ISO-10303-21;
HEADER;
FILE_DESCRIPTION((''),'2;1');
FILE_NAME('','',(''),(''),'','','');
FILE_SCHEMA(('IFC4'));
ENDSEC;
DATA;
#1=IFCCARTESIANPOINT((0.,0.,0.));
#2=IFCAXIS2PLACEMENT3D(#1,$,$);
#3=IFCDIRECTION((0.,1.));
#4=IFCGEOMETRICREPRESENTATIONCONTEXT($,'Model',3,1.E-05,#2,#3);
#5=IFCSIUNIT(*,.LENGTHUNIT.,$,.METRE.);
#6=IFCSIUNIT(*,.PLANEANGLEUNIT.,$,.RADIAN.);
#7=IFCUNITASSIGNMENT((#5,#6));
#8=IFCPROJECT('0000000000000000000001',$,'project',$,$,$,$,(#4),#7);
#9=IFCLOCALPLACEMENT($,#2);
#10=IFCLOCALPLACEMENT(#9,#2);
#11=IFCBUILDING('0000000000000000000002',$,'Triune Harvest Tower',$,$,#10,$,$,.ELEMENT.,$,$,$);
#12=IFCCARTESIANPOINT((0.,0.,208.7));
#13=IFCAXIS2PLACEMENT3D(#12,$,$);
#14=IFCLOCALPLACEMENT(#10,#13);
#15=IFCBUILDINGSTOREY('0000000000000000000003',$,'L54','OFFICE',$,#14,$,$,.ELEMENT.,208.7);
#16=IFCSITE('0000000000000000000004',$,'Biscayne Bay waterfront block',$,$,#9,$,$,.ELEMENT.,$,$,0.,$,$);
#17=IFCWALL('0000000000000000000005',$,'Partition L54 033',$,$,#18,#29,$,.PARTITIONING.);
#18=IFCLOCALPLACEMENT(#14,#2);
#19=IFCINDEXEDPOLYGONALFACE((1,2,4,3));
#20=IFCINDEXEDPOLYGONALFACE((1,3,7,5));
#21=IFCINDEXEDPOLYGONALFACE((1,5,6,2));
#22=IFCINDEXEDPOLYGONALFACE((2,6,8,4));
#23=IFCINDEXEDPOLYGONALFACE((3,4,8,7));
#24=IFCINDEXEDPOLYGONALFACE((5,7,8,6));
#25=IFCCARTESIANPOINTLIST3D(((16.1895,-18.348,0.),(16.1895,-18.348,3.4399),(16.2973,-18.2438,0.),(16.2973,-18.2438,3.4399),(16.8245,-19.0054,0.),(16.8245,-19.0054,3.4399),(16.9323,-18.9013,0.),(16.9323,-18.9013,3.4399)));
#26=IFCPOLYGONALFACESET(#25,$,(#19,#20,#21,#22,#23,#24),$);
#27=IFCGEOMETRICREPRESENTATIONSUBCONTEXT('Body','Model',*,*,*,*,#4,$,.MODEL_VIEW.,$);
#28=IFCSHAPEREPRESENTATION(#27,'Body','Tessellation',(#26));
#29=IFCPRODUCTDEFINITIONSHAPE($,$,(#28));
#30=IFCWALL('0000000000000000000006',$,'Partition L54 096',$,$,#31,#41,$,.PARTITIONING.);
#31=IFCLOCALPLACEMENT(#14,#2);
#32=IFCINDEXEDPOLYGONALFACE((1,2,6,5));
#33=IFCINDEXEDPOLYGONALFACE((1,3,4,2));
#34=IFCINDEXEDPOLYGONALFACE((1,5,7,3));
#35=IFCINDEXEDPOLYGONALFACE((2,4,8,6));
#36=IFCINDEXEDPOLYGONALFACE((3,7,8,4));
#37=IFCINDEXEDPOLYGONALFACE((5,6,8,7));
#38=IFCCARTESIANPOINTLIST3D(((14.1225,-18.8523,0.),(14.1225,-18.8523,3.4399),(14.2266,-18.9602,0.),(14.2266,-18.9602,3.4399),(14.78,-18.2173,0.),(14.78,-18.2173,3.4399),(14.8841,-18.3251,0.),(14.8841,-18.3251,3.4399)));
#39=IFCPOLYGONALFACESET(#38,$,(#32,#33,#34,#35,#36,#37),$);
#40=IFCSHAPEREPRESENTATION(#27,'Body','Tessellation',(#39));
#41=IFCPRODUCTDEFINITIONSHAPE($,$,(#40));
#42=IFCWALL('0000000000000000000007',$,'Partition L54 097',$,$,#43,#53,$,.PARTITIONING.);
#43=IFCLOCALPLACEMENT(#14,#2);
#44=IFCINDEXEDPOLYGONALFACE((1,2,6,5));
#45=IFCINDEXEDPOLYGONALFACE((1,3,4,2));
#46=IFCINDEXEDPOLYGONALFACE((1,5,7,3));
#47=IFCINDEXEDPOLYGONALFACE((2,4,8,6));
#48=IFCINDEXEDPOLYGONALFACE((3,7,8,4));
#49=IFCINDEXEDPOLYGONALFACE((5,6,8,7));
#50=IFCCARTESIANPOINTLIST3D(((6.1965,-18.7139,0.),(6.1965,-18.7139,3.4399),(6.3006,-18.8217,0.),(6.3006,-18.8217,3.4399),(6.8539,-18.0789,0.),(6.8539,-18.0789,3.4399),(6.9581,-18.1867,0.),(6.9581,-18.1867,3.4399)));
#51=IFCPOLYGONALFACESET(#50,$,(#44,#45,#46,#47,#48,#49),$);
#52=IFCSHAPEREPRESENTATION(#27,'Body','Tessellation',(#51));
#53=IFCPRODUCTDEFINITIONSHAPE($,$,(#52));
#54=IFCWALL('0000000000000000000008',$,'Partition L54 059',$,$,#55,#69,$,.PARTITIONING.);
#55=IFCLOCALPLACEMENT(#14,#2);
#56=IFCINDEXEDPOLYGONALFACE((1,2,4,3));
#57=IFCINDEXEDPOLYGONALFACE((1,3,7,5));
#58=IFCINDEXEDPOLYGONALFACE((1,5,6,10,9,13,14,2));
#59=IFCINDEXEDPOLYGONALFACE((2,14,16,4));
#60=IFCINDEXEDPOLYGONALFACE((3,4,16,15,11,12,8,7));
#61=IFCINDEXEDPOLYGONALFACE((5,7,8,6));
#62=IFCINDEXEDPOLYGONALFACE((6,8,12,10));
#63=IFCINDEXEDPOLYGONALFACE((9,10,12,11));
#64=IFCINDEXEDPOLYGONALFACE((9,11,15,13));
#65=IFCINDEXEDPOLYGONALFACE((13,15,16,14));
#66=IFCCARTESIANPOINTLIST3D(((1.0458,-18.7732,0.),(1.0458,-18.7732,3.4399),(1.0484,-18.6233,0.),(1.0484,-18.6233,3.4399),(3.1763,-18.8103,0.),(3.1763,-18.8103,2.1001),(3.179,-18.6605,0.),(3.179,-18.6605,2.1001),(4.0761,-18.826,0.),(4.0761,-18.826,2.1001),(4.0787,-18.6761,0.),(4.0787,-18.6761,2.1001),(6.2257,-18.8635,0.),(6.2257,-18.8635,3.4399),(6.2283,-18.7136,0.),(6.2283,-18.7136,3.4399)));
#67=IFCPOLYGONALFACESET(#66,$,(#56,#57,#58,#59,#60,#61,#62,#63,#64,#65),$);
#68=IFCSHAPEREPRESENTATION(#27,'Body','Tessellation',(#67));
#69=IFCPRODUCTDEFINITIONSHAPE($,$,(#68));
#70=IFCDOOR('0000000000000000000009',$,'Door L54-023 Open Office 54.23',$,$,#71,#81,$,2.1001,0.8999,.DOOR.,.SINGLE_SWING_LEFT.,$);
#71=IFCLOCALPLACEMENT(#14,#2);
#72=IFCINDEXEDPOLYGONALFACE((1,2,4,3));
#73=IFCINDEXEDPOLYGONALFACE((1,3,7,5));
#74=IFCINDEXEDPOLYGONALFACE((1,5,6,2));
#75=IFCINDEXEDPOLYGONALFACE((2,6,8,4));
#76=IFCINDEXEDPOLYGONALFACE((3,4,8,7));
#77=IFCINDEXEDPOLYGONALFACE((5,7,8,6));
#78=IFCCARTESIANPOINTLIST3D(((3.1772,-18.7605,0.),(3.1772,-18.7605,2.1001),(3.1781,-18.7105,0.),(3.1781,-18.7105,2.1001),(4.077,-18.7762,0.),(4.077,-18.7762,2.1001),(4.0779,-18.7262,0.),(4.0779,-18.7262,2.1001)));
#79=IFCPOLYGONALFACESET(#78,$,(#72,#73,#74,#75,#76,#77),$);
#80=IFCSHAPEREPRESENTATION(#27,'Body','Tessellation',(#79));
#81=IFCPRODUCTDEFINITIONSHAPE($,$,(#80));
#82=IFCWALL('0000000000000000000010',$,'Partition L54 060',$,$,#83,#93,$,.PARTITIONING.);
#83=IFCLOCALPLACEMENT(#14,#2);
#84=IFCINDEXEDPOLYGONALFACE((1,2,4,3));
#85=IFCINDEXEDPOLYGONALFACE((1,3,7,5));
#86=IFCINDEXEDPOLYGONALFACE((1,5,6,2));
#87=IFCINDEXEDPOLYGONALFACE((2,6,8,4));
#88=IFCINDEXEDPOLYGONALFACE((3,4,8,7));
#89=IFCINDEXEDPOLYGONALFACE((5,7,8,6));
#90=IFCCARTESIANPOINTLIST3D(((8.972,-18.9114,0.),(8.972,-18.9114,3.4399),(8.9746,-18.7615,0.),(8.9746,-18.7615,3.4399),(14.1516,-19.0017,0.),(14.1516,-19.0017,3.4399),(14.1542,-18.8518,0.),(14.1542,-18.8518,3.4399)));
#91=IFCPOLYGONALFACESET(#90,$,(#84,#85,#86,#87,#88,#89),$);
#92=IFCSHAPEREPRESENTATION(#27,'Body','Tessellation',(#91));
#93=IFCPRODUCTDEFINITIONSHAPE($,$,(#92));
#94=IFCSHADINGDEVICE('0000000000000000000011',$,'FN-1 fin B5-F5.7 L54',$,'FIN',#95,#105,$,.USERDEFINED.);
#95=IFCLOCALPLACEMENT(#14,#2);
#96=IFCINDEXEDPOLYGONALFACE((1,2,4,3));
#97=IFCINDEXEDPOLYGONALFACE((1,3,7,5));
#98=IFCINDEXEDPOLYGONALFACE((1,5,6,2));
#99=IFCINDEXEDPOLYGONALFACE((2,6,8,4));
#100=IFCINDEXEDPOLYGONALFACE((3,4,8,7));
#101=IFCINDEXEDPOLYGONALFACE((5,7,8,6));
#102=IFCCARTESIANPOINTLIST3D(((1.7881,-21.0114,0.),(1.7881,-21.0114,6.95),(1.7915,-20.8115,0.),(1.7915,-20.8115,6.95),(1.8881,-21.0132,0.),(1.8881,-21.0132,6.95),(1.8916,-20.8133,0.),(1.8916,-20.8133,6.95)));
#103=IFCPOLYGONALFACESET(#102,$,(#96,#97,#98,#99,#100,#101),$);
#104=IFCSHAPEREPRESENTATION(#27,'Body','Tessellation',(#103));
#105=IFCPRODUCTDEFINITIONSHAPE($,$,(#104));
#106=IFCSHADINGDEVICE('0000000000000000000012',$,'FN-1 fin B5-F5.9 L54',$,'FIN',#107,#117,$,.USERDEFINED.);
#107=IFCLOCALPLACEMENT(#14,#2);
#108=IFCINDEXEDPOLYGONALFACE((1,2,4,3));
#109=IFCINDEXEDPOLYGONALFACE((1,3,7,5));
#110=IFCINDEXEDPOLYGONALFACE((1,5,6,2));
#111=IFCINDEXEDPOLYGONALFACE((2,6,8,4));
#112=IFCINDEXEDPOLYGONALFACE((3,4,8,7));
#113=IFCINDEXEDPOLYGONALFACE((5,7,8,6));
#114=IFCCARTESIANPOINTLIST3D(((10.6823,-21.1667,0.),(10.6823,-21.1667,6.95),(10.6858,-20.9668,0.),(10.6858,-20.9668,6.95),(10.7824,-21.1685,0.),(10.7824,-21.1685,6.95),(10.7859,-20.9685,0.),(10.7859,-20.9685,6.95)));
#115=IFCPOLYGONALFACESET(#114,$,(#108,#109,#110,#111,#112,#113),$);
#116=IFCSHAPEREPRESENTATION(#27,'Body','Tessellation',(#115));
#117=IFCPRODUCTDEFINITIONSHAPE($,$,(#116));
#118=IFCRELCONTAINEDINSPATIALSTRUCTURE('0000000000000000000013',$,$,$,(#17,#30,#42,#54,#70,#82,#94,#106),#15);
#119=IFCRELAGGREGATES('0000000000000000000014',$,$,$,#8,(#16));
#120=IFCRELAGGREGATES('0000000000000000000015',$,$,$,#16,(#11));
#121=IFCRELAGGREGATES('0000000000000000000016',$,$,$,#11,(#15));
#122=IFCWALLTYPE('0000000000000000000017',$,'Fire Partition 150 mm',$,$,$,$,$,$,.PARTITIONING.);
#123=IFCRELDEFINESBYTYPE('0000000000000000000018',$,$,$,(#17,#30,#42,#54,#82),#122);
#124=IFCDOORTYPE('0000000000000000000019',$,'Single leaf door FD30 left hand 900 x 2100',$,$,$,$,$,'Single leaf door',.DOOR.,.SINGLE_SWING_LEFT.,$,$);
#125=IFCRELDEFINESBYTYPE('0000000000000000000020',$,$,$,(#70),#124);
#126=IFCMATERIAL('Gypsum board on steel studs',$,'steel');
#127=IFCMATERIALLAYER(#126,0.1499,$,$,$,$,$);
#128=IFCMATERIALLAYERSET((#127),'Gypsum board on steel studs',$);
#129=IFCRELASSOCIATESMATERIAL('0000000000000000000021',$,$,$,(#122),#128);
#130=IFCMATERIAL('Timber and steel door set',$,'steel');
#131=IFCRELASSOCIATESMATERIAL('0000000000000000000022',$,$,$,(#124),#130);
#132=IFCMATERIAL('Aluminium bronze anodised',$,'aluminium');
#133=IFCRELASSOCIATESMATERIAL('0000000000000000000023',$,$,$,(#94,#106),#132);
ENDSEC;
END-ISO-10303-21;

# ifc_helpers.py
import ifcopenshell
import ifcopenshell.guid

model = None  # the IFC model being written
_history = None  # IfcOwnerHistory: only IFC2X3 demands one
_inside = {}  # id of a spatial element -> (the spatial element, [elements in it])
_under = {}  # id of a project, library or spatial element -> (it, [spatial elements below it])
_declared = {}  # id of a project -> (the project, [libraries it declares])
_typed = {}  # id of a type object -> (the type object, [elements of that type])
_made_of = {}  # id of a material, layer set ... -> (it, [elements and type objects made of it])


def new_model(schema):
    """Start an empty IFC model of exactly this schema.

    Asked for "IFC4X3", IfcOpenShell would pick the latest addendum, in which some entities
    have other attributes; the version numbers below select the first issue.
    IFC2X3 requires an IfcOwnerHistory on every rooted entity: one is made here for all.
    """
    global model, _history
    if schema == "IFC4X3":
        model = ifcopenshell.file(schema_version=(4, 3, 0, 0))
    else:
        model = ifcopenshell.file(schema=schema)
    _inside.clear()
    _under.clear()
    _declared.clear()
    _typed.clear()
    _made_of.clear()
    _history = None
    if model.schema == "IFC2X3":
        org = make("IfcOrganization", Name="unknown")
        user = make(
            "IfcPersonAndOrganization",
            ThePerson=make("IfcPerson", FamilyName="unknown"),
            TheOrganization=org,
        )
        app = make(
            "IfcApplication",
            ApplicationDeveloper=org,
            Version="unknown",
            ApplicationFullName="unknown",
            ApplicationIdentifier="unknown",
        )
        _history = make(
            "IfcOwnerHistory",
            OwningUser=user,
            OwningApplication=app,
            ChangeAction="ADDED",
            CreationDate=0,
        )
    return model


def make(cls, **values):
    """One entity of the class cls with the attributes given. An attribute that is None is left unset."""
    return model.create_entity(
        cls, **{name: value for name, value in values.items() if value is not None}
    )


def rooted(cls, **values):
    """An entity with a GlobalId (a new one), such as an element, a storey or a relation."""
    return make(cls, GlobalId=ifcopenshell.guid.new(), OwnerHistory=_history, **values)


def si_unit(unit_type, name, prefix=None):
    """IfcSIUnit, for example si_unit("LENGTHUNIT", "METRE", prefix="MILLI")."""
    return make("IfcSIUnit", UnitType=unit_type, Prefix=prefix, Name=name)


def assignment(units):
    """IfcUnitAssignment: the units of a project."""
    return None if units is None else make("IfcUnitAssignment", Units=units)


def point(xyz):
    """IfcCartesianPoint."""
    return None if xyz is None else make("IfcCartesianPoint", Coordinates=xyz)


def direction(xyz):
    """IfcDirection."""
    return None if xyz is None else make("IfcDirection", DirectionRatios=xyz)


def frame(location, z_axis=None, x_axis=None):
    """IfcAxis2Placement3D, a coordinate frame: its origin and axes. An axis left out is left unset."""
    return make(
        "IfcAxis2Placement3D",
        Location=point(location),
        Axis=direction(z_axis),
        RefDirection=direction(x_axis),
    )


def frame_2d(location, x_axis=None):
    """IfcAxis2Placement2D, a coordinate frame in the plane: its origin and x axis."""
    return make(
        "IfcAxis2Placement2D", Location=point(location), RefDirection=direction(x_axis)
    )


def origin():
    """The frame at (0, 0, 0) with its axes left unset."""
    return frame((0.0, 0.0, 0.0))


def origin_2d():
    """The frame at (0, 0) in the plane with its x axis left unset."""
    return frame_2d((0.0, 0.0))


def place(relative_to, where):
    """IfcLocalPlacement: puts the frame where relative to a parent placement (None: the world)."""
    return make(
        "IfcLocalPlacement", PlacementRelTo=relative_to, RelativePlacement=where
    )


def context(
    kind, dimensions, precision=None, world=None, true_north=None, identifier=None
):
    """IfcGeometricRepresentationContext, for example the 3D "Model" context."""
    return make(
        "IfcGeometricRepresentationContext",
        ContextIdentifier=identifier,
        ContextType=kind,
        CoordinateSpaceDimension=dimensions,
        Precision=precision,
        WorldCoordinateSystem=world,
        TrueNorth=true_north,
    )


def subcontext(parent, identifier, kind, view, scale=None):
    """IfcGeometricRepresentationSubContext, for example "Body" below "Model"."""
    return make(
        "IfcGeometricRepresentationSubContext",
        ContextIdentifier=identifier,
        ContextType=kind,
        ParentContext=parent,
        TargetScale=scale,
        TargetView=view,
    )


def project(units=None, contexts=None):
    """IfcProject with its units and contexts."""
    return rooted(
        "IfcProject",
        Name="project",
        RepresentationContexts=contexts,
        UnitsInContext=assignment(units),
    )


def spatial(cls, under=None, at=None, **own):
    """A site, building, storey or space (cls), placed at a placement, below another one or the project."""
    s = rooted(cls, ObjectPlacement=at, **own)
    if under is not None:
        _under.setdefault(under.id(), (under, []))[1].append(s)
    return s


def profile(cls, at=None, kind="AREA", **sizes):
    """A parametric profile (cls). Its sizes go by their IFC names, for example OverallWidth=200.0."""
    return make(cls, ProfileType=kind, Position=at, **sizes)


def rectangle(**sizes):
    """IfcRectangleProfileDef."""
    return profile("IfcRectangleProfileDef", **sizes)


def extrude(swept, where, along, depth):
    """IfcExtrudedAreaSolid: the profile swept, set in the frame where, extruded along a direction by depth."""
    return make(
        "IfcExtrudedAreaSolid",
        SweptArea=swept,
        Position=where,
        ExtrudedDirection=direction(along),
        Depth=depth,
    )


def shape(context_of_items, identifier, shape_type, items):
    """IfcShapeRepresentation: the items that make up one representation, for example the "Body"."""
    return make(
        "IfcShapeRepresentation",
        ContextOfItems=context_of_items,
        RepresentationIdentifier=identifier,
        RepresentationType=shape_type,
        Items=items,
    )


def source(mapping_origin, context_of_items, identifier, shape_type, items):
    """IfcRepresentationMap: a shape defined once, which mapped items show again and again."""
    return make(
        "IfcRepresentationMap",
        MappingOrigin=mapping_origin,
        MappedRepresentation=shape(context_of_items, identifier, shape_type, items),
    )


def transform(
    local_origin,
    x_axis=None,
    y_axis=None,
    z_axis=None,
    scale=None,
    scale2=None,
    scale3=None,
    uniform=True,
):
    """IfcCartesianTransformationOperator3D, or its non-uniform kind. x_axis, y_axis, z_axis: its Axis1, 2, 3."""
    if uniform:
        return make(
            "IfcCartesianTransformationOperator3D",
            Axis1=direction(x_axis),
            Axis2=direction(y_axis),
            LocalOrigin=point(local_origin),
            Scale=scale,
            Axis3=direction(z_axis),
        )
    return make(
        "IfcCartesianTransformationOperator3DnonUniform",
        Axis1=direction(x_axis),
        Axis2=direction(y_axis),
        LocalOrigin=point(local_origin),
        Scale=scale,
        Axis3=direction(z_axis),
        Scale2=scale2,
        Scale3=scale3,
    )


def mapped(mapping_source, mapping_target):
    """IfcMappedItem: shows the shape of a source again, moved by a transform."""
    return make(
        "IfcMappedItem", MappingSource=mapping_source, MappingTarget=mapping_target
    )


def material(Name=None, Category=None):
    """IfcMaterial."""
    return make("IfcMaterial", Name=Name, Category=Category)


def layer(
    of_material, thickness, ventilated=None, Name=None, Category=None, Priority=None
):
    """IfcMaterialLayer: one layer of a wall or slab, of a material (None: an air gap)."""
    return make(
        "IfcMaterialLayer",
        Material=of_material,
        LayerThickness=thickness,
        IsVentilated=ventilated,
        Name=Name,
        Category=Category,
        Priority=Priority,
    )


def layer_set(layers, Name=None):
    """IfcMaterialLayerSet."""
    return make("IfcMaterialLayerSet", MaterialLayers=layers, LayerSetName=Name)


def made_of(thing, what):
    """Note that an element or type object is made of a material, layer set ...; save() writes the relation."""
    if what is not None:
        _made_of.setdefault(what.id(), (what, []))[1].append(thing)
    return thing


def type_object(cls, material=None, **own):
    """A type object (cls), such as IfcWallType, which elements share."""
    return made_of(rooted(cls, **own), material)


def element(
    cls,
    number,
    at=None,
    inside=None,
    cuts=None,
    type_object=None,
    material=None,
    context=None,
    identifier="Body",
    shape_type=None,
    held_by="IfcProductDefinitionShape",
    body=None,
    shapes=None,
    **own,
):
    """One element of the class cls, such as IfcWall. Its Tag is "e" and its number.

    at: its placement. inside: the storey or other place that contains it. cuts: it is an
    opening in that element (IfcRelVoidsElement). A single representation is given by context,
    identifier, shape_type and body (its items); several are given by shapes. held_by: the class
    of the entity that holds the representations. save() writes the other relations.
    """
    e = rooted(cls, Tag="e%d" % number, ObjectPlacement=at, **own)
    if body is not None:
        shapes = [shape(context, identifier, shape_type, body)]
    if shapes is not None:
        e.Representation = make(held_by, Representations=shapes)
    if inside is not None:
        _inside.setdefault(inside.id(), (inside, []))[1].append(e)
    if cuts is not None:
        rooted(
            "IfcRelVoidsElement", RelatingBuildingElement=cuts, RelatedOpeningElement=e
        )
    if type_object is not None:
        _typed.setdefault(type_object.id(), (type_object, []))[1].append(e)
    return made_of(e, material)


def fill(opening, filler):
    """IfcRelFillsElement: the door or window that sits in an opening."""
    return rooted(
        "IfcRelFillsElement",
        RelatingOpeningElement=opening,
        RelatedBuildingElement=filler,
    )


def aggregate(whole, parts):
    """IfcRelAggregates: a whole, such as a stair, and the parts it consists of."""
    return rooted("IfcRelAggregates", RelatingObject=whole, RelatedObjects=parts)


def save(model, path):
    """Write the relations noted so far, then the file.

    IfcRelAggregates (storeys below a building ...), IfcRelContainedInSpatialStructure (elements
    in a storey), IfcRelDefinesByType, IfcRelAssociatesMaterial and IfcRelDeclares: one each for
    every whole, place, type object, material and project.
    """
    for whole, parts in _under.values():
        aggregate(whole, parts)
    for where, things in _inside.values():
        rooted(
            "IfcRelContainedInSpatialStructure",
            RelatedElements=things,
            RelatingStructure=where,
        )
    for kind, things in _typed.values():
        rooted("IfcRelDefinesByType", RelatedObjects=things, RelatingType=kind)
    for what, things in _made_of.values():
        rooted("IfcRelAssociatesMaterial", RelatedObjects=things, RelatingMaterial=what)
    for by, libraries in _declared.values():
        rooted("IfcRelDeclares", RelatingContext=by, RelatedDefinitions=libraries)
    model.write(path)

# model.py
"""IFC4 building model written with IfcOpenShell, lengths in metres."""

from ifc_helpers import new_model, si_unit, direction, frame, frame_2d, origin, origin_2d, place, context, subcontext, project, spatial, rectangle, extrude, source, transform, mapped, material, layer, layer_set, type_object, element, fill, save


model = new_model("IFC4")

# Units and contexts
model_context = context("Model", 3, precision=1e-05, world=origin(), true_north=direction((0.0, 1.0)))
body_context = subcontext(model_context, "Body", "Model", "MODEL_VIEW")
ifc_project = project(units=[si_unit("LENGTHUNIT", "METRE"), si_unit("PLANEANGLEUNIT", "RADIAN")], contexts=[model_context])

# Site, building, storey
site_placement = place(None, origin())
site = spatial("IfcSite", under=ifc_project, at=site_placement, Name="Biscayne Bay waterfront block", CompositionType="ELEMENT", RefElevation=0.0)
building_placement = place(site_placement, origin())
building = spatial("IfcBuilding", under=site, at=building_placement, Name="Triune Harvest Tower", CompositionType="ELEMENT")
storey_placement = place(building_placement, frame((0.0, 0.0, 208.7)))
storey = spatial("IfcBuildingStorey", under=building, at=storey_placement, Name="L54", Description="OFFICE", CompositionType="ELEMENT", Elevation=208.7)

# Walls
ifc_material_1 = material(Name="Gypsum board on steel studs", Category="steel")
ifc_layer_1 = layer(ifc_material_1, 0.1499)
ifc_layer_set_1 = layer_set([ifc_layer_1], Name="Gypsum board on steel studs")
wall_type = type_object("IfcWallType", Name="Fire Partition 150 mm", PredefinedType="PARTITIONING", material=ifc_layer_set_1)
shared_shape_1 = source(origin(), body_context, "Body", "SweptSolid", [
    extrude(rectangle(XDim=0.9141, YDim=0.1499, at=frame_2d((0.457, 0.0))), origin(), (0.0, 0.0, 1.0), 3.4399),
])
for number, where, z_axis, x_axis, name in (
    (1, (16.2434, -18.2959, 0.0), (0.0, 0.0, 1.0), (0.694714, -0.719286, 0.0), "Partition L54 033"),
    (2, (14.1746, -18.9062, 0.0), (0.0, 0.0, 1.0), (0.719286, 0.694714, 0.0), "Partition L54 096"),
    (3, (6.2485, -18.7678, 0.0), (0.0, 0.0, 1.0), (0.719286, 0.694714, 0.0), "Partition L54 097"),
):
    element("IfcWall", number, at=place(storey_placement, frame(where, z_axis=z_axis, x_axis=x_axis)), inside=storey, type_object=wall_type, Name=name, PredefinedType="PARTITIONING", context=body_context, shape_type="MappedRepresentation", body=[
        mapped(shared_shape_1, transform((0.0, 0.0, 0.0), scale=1.0)),
    ])

# Wall, opening, door
shared_shape_2 = source(origin(), body_context, "Body", "SweptSolid", [
    extrude(rectangle(XDim=5.1807, YDim=0.1499, at=frame_2d((2.5903, 0.0))), origin(), (0.0, 0.0, 1.0), 3.4399),
])
wall_1_placement = place(storey_placement, frame((1.0471, -18.6982, 0.0), z_axis=(0.0, 0.0, 1.0), x_axis=(0.999848, -0.017436, 0.0)))
wall_1 = element("IfcWall", 4, at=wall_1_placement, inside=storey, type_object=wall_type, Name="Partition L54 059", PredefinedType="PARTITIONING", context=body_context, shape_type="MappedRepresentation", body=[
    mapped(shared_shape_2, transform((0.0, 0.0, 0.0), scale=1.0)),
])
opening_placement = place(wall_1_placement, frame((2.1309, 0.0, 0.0)))
opening = element("IfcOpeningElement", 5, at=opening_placement, cuts=wall_1, PredefinedType="OPENING", context=body_context, shape_type="SweptSolid", body=[
    extrude(rectangle(XDim=0.8999, YDim=2.1001, at=frame_2d((0.45, 1.05))), frame((0.0, 0.085, 0.0), z_axis=(0.0, -1.0, 0.0), x_axis=(1.0, 0.0, 0.0)), (0.0, 0.0, 1.0), 0.1699),
])
ifc_material_2 = material(Name="Timber and steel door set", Category="steel")
door_type = type_object("IfcDoorType", Name="Single leaf door FD30 left hand 900 x 2100", ElementType="Single leaf door", OperationType="SINGLE_SWING_LEFT", PredefinedType="DOOR", material=ifc_material_2)
door_placement = place(opening_placement, origin())
door = element("IfcDoor", 6, at=door_placement, inside=storey, type_object=door_type, Name="Door L54-023 Open Office 54.23", OperationType="SINGLE_SWING_LEFT", OverallHeight=2.1001, OverallWidth=0.8999, PredefinedType="DOOR", context=body_context, shape_type="SweptSolid", body=[
    extrude(rectangle(XDim=0.8999, YDim=2.1001, at=frame_2d((0.45, 1.05))), frame((0.0, 0.0249, 0.0), z_axis=(0.0, -1.0, 0.0), x_axis=(1.0, 0.0, 0.0)), (0.0, 0.0, 1.0), 0.05),
])
fill(opening, door)

# Wall
shared_shape_3 = source(origin(), body_context, "Body", "SweptSolid", [
    extrude(rectangle(XDim=5.1804, YDim=0.1499, at=frame_2d((2.5903, 0.0))), origin(), (0.0, 0.0, 1.0), 3.4399),
])
wall_2_placement = place(storey_placement, frame((8.9731, -18.8364, 0.0), z_axis=(0.0, 0.0, 1.0), x_axis=(0.999848, -0.017437, 0.0)))
element("IfcWall", 7, at=wall_2_placement, inside=storey, type_object=wall_type, Name="Partition L54 060", PredefinedType="PARTITIONING", context=body_context, shape_type="MappedRepresentation", body=[
    mapped(shared_shape_3, transform((0.0, 0.0, 0.0), scale=1.0)),
])

# Shading devices
ifc_material_3 = material(Name="Aluminium bronze anodised", Category="aluminium")
shared_shape_4 = source(origin(), body_context, "Body", "SweptSolid", [
    extrude(rectangle(XDim=0.1001, YDim=0.2, at=origin_2d()), origin(), (0.0, 0.0, 1.0), 6.95),
])
for number, where, z_axis, x_axis, name in (
    (8, (1.8398, -20.9124, 0.0), (0.0, 0.0, 1.0), (0.999848, -0.017452, 0.0), "FN-1 fin B5-F5.7 L54"),
    (9, (10.7341, -21.0676, 0.0), (0.0, 0.0, 1.0), (0.999848, -0.017452, 0.0), "FN-1 fin B5-F5.9 L54"),
):
    element("IfcShadingDevice", number, at=place(storey_placement, frame(where, z_axis=z_axis, x_axis=x_axis)), inside=storey, material=ifc_material_3, Name=name, ObjectType="FIN", PredefinedType="USERDEFINED", context=body_context, shape_type="MappedRepresentation", body=[
        mapped(shared_shape_4, transform((0.0, 0.0, 0.0), scale=1.0)),
    ])

save(model, "model.ifc")
